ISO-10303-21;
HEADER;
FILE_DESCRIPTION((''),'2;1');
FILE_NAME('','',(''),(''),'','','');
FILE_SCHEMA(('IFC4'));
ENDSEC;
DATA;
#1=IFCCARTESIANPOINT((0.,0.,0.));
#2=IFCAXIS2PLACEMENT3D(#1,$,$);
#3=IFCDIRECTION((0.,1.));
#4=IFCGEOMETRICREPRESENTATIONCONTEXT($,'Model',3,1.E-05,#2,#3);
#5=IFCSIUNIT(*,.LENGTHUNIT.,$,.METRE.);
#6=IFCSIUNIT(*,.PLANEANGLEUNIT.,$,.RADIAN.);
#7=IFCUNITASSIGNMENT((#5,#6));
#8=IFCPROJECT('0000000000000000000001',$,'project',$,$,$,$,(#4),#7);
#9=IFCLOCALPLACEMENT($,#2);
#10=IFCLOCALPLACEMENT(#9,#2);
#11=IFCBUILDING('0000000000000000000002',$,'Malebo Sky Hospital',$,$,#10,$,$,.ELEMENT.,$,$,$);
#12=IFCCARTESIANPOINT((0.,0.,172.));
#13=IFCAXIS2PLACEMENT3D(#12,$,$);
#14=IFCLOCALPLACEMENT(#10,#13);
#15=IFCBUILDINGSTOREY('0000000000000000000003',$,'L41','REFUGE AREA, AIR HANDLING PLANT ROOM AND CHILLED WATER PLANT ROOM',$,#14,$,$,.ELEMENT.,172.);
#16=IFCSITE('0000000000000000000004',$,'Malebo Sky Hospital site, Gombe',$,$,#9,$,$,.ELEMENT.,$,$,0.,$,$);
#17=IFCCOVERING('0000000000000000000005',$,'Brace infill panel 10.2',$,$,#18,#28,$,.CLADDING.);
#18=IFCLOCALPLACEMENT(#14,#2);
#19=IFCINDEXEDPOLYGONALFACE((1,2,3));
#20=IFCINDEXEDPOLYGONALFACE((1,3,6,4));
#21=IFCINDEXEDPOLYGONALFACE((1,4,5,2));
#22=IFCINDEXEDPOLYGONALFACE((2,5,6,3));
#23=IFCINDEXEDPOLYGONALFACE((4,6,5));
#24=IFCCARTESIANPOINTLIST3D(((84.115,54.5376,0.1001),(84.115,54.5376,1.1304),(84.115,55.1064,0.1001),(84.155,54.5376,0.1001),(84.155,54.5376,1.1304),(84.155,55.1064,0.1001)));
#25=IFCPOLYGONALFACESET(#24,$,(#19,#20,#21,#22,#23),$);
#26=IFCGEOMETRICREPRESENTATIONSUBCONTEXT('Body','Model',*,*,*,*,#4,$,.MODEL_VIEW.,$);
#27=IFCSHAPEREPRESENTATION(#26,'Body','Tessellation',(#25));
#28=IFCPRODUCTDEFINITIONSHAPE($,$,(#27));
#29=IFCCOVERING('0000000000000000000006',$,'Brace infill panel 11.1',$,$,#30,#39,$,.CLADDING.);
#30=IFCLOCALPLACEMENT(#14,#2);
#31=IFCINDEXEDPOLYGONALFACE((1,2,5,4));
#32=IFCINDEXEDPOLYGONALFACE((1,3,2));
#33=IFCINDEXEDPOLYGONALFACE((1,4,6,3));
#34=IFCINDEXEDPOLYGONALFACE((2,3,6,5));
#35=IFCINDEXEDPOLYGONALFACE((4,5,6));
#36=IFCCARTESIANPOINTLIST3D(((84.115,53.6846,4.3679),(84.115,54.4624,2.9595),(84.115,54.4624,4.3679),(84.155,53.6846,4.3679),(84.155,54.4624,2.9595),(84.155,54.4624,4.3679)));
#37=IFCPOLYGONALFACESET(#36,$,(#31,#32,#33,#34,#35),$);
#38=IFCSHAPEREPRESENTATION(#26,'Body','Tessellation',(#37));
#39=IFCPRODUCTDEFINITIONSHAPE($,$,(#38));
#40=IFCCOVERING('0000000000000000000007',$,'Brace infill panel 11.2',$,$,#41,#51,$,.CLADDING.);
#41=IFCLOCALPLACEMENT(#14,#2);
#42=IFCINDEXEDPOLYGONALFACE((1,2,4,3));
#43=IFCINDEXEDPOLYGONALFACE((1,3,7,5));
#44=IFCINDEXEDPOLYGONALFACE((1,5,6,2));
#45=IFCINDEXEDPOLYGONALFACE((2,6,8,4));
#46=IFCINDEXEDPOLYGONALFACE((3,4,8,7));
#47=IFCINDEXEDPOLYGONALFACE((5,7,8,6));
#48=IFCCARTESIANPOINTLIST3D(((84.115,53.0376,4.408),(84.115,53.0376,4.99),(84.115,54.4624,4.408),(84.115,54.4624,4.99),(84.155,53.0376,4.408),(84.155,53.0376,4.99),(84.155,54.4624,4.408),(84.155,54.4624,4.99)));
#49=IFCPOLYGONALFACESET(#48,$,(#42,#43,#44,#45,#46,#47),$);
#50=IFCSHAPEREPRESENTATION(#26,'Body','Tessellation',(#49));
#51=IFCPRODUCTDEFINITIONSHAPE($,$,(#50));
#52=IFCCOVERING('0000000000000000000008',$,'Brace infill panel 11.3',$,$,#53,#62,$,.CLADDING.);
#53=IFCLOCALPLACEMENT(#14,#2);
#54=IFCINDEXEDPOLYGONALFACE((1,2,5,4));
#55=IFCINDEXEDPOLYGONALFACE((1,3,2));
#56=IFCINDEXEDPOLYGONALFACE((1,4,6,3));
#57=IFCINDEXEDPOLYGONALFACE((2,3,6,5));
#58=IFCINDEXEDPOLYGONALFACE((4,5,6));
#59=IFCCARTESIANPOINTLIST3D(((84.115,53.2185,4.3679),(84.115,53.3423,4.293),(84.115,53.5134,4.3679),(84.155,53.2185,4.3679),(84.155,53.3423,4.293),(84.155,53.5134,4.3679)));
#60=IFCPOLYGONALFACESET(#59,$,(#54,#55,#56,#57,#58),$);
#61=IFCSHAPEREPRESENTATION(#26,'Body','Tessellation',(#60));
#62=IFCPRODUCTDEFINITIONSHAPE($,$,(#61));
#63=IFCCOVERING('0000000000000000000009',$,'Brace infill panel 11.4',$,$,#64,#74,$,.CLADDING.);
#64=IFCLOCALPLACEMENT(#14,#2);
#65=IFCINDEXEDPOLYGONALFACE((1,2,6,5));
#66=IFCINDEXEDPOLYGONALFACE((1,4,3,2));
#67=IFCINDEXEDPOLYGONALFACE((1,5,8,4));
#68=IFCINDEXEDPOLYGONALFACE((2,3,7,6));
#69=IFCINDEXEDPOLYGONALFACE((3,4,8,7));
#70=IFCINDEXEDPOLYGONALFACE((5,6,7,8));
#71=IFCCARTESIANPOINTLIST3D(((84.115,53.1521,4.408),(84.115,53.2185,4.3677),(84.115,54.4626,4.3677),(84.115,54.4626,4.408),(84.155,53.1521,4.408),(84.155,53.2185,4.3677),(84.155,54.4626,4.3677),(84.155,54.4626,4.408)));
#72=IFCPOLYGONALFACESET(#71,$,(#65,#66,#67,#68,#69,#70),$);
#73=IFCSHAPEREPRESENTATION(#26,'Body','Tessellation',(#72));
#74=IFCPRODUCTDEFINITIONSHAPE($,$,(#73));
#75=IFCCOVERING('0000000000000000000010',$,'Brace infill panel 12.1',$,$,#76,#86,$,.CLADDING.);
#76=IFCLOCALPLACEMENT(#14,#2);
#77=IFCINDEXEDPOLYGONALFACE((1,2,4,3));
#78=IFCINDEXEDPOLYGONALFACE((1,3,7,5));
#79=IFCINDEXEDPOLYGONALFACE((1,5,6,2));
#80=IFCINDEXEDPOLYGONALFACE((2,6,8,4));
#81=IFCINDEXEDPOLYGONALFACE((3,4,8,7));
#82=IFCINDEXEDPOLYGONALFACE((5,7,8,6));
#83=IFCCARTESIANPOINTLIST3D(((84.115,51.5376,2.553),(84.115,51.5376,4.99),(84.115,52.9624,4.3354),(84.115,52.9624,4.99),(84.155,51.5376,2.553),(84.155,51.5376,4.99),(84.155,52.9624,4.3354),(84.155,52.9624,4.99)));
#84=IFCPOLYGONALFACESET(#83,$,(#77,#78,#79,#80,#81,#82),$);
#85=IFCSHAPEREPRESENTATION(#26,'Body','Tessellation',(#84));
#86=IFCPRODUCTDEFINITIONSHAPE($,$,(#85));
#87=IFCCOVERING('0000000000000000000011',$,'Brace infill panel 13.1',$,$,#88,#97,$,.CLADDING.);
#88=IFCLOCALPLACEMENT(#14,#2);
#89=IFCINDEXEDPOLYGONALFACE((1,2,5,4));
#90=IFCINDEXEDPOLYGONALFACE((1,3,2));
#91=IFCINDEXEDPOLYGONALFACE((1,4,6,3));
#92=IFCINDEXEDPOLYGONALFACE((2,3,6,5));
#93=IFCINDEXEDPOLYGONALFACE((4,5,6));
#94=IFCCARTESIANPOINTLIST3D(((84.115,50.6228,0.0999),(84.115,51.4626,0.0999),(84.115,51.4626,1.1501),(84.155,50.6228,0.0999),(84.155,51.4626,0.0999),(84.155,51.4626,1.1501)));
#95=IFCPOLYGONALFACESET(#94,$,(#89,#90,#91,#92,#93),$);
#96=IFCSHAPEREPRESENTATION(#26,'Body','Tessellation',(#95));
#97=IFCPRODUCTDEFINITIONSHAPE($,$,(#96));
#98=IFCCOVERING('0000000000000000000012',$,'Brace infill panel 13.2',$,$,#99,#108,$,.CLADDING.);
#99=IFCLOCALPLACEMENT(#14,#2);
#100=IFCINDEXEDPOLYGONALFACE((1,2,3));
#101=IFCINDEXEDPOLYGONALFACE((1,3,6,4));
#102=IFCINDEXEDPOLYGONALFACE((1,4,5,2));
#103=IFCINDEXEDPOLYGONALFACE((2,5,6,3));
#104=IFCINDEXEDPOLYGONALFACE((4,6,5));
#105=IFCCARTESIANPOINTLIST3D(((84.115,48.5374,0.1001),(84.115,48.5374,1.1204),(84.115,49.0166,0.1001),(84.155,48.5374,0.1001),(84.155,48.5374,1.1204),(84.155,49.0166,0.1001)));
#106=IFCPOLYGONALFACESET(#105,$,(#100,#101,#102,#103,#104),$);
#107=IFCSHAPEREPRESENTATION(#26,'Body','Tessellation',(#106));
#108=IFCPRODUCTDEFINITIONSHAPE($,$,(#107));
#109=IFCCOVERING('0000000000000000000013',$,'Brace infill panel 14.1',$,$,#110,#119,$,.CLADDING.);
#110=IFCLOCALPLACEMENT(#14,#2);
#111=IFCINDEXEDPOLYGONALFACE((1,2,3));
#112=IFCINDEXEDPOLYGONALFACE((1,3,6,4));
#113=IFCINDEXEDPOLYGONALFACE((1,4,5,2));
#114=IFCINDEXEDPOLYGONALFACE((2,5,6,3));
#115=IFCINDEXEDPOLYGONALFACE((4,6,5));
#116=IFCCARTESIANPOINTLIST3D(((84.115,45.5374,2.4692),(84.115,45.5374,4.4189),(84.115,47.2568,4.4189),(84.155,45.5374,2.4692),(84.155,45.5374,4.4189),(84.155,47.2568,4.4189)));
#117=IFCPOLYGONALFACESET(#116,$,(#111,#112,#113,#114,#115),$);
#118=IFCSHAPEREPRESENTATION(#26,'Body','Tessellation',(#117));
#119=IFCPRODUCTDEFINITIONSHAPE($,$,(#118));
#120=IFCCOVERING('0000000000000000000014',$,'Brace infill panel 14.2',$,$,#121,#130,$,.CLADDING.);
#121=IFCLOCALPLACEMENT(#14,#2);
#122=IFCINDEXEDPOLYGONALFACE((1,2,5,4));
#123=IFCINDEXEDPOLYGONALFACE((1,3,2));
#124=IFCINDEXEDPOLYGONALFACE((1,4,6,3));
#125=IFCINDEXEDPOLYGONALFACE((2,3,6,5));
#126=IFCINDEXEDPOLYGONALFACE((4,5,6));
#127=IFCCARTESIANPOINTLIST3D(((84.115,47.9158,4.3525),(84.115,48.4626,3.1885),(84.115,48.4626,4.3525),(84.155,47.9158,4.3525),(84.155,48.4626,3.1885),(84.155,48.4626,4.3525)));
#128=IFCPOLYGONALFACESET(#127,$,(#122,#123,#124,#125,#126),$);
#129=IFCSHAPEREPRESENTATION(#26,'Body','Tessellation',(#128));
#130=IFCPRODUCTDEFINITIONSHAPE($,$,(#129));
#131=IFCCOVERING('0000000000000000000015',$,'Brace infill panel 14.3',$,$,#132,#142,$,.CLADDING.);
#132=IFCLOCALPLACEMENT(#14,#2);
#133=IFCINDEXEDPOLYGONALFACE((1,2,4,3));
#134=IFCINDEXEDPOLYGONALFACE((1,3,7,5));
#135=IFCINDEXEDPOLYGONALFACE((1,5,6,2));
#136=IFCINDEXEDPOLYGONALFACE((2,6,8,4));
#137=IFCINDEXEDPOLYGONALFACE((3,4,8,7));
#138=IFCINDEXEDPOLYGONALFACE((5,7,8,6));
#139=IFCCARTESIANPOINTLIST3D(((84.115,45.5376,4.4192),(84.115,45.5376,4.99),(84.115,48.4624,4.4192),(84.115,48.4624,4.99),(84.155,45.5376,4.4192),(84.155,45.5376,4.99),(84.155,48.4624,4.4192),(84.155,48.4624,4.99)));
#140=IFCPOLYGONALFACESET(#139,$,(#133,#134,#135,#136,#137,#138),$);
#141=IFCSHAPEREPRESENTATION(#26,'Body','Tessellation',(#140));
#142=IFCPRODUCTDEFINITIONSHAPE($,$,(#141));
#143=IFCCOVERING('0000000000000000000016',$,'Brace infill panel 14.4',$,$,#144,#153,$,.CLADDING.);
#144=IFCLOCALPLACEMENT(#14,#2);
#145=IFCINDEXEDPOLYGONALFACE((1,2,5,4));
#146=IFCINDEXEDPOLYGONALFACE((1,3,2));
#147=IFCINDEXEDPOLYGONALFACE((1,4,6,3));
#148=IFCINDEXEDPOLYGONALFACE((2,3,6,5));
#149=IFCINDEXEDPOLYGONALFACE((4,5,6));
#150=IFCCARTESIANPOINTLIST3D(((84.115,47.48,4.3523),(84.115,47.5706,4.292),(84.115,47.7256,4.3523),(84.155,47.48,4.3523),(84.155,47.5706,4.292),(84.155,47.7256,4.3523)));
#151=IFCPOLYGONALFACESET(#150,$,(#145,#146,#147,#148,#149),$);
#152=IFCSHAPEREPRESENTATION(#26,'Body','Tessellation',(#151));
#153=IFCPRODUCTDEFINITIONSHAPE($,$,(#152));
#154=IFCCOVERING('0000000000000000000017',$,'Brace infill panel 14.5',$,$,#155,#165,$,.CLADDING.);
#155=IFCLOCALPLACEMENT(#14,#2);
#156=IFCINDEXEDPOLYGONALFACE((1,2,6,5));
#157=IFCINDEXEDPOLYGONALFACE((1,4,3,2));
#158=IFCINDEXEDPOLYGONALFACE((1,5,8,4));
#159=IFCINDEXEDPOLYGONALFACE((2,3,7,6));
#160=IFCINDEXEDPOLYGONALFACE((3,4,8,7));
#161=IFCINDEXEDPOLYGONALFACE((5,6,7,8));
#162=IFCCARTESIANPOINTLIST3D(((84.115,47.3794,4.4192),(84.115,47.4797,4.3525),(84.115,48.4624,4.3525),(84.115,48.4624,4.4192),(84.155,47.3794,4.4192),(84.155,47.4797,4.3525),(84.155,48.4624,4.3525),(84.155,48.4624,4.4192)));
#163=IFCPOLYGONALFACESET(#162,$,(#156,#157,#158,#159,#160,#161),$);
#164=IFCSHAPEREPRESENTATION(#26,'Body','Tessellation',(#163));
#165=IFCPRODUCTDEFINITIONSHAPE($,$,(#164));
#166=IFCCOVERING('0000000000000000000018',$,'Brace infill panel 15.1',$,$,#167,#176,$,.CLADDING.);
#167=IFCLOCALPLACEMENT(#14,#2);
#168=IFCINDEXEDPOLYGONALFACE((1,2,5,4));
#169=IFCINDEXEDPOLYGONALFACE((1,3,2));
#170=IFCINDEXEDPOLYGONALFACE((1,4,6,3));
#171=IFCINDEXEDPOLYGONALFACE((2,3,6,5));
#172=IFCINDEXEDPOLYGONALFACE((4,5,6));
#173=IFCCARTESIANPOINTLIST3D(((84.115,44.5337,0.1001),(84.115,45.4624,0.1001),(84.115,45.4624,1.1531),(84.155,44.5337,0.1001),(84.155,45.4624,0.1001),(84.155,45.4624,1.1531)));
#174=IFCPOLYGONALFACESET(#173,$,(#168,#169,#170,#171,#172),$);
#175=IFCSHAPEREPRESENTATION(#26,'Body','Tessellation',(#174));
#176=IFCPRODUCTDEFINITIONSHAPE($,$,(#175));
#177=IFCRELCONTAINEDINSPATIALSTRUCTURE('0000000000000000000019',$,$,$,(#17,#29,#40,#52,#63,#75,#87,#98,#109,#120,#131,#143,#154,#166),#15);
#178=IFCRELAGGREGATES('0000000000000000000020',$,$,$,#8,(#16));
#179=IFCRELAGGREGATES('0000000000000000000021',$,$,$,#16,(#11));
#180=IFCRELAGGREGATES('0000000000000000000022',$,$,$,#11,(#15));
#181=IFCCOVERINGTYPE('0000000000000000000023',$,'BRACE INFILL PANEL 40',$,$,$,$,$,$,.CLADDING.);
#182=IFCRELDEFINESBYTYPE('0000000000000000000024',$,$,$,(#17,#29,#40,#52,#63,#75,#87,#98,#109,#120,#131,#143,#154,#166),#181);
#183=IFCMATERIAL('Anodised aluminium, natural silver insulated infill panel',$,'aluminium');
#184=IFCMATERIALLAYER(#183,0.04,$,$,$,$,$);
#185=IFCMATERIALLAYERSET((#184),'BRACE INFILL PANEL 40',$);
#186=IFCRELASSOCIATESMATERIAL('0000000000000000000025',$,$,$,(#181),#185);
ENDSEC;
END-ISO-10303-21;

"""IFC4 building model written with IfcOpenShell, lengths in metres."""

from ifc_helpers import new_model, si_unit, direction, frame, origin, place, context, subcontext, project, spatial, polyline, outline, extrude, material, layer, layer_set, type_object, element, save


model = new_model("IFC4")

# Units and contexts
model_context = context("Model", 3, precision=1e-05, world=origin(), true_north=direction((0.0, 1.0)))
body_context = subcontext(model_context, "Body", "Model", "MODEL_VIEW")
ifc_project = project(units=[si_unit("LENGTHUNIT", "METRE"), si_unit("PLANEANGLEUNIT", "RADIAN")], contexts=[model_context])

# Site, building, storey
site_placement = place(None, origin())
site = spatial("IfcSite", under=ifc_project, at=site_placement, Name="Malebo Sky Hospital site, Gombe", CompositionType="ELEMENT", RefElevation=0.0)
building_placement = place(site_placement, origin())
building = spatial("IfcBuilding", under=site, at=building_placement, Name="Malebo Sky Hospital", CompositionType="ELEMENT")
storey_placement = place(building_placement, frame((0.0, 0.0, 172.0)))
storey = spatial("IfcBuildingStorey", under=building, at=storey_placement, Name="L41", Description="REFUGE AREA, AIR HANDLING PLANT ROOM AND CHILLED WATER PLANT ROOM", CompositionType="ELEMENT", Elevation=172.0)

# Coverings
ifc_material_1 = material(Name="Anodised aluminium, natural silver insulated infill panel", Category="aluminium")
ifc_layer_1 = layer(ifc_material_1, 0.04)
ifc_layer_set_1 = layer_set([ifc_layer_1], Name="BRACE INFILL PANEL 40")
covering_type = type_object("IfcCoveringType", Name="BRACE INFILL PANEL 40", PredefinedType="CLADDING", material=ifc_layer_set_1)
covering_1_placement = place(storey_placement, frame((84.135, 54.822, 0.1001), z_axis=(0.0, 0.0, 1.0), x_axis=(0.0, -1.0, 0.0)))
element("IfcCovering", 1, at=covering_1_placement, inside=storey, type_object=covering_type, Name="Brace infill panel 10.2", PredefinedType="CLADDING", context=body_context, shape_type="SweptSolid", body=[
    extrude(outline(polyline([(-0.2844, 0.0), (0.2844, 0.0), (0.2844, 1.0303), (-0.2844, 0.0)])), frame((0.0, 0.02, 0.0), z_axis=(0.0, -1.0, 0.0), x_axis=(1.0, 0.0, 0.0)), (0.0, 0.0, 1.0), 0.04),
])
covering_2_placement = place(storey_placement, frame((84.135, 54.0735, 2.9595), z_axis=(0.0, 0.0, 1.0), x_axis=(0.0, -1.0, 0.0)))
element("IfcCovering", 2, at=covering_2_placement, inside=storey, type_object=covering_type, Name="Brace infill panel 11.1", PredefinedType="CLADDING", context=body_context, shape_type="SweptSolid", body=[
    extrude(outline(polyline([(-0.3889, 0.0), (0.3889, 1.4084), (-0.3889, 1.4084), (-0.3889, 0.0)])), frame((0.0, 0.02, 0.0), z_axis=(0.0, -1.0, 0.0), x_axis=(1.0, 0.0, 0.0)), (0.0, 0.0, 1.0), 0.04),
])
covering_3_placement = place(storey_placement, frame((84.135, 53.75, 4.408), z_axis=(0.0, 0.0, 1.0), x_axis=(0.0, -1.0, 0.0)))
element("IfcCovering", 3, at=covering_3_placement, inside=storey, type_object=covering_type, Name="Brace infill panel 11.2", PredefinedType="CLADDING", context=body_context, shape_type="SweptSolid", body=[
    extrude(outline(polyline([(-0.7124, 0.0), (0.7124, 0.0), (0.7124, 0.582), (-0.7124, 0.582), (-0.7124, 0.0)])), frame((0.0, 0.02, 0.0), z_axis=(0.0, -1.0, 0.0), x_axis=(1.0, 0.0, 0.0)), (0.0, 0.0, 1.0), 0.04),
])
covering_4_placement = place(storey_placement, frame((84.135, 53.366, 4.293), z_axis=(0.0, 0.0, 1.0), x_axis=(0.0, -1.0, 0.0)))
element("IfcCovering", 4, at=covering_4_placement, inside=storey, type_object=covering_type, Name="Brace infill panel 11.3", PredefinedType="CLADDING", context=body_context, shape_type="SweptSolid", body=[
    extrude(outline(polyline([(0.0237, 0.0), (0.1475, 0.075), (-0.1475, 0.075), (0.0237, 0.0)])), frame((0.0, 0.02, 0.0), z_axis=(0.0, -1.0, 0.0), x_axis=(1.0, 0.0, 0.0)), (0.0, 0.0, 1.0), 0.04),
])
covering_5_placement = place(storey_placement, frame((84.135, 53.8074, 4.3677), z_axis=(0.0, 0.0, 1.0), x_axis=(0.0, -1.0, 0.0)))
element("IfcCovering", 5, at=covering_5_placement, inside=storey, type_object=covering_type, Name="Brace infill panel 11.4", PredefinedType="CLADDING", context=body_context, shape_type="SweptSolid", body=[
    extrude(outline(polyline([(-0.6553, 0.0), (0.5889, 0.0), (0.6553, 0.0403), (-0.6553, 0.0403), (-0.6553, 0.0)])), frame((0.0, 0.02, 0.0), z_axis=(0.0, -1.0, 0.0), x_axis=(1.0, 0.0, 0.0)), (0.0, 0.0, 1.0), 0.04),
])
covering_6_placement = place(storey_placement, frame((84.135, 52.25, 2.553), z_axis=(0.0, 0.0, 1.0), x_axis=(0.0, -1.0, 0.0)))
element("IfcCovering", 6, at=covering_6_placement, inside=storey, type_object=covering_type, Name="Brace infill panel 12.1", PredefinedType="CLADDING", context=body_context, shape_type="SweptSolid", body=[
    extrude(outline(polyline([(0.7124, 0.0), (0.7124, 2.437), (-0.7124, 2.437), (-0.7124, 1.7825), (0.7124, 0.0)])), frame((0.0, 0.02, 0.0), z_axis=(0.0, -1.0, 0.0), x_axis=(1.0, 0.0, 0.0)), (0.0, 0.0, 1.0), 0.04),
])
covering_7_placement = place(storey_placement, frame((84.135, 51.0427, 0.0999), z_axis=(0.0, 0.0, 1.0), x_axis=(0.0, -1.0, 0.0)))
element("IfcCovering", 7, at=covering_7_placement, inside=storey, type_object=covering_type, Name="Brace infill panel 13.1", PredefinedType="CLADDING", context=body_context, shape_type="SweptSolid", body=[
    extrude(outline(polyline([(-0.4199, 0.0), (0.4199, 0.0), (-0.4199, 1.0503), (-0.4199, 0.0)])), frame((0.0, 0.02, 0.0), z_axis=(0.0, -1.0, 0.0), x_axis=(1.0, 0.0, 0.0)), (0.0, 0.0, 1.0), 0.04),
])
covering_8_placement = place(storey_placement, frame((84.135, 48.7771, 0.1001), z_axis=(0.0, 0.0, 1.0), x_axis=(0.0, -1.0, 0.0)))
element("IfcCovering", 8, at=covering_8_placement, inside=storey, type_object=covering_type, Name="Brace infill panel 13.2", PredefinedType="CLADDING", context=body_context, shape_type="SweptSolid", body=[
    extrude(outline(polyline([(-0.2395, 0.0), (0.2397, 0.0), (0.2397, 1.0203), (-0.2395, 0.0)])), frame((0.0, 0.02, 0.0), z_axis=(0.0, -1.0, 0.0), x_axis=(1.0, 0.0, 0.0)), (0.0, 0.0, 1.0), 0.04),
])
covering_9_placement = place(storey_placement, frame((84.135, 46.3972, 2.4692), z_axis=(0.0, 0.0, 1.0), x_axis=(0.0, -1.0, 0.0)))
element("IfcCovering", 9, at=covering_9_placement, inside=storey, type_object=covering_type, Name="Brace infill panel 14.1", PredefinedType="CLADDING", context=body_context, shape_type="SweptSolid", body=[
    extrude(outline(polyline([(0.8599, 0.0), (0.8599, 1.9497), (-0.8596, 1.9497), (0.8599, 0.0)])), frame((0.0, 0.02, 0.0), z_axis=(0.0, -1.0, 0.0), x_axis=(1.0, 0.0, 0.0)), (0.0, 0.0, 1.0), 0.04),
])
covering_10_placement = place(storey_placement, frame((84.135, 48.1892, 3.1885), z_axis=(0.0, 0.0, 1.0), x_axis=(0.0, -1.0, 0.0)))
element("IfcCovering", 10, at=covering_10_placement, inside=storey, type_object=covering_type, Name="Brace infill panel 14.2", PredefinedType="CLADDING", context=body_context, shape_type="SweptSolid", body=[
    extrude(outline(polyline([(-0.2734, 0.0), (0.2734, 1.1641), (-0.2734, 1.1641), (-0.2734, 0.0)])), frame((0.0, 0.02, 0.0), z_axis=(0.0, -1.0, 0.0), x_axis=(1.0, 0.0, 0.0)), (0.0, 0.0, 1.0), 0.04),
])
covering_11_placement = place(storey_placement, frame((84.135, 47.0, 4.4192), z_axis=(0.0, 0.0, 1.0), x_axis=(0.0, -1.0, 0.0)))
element("IfcCovering", 11, at=covering_11_placement, inside=storey, type_object=covering_type, Name="Brace infill panel 14.3", PredefinedType="CLADDING", context=body_context, shape_type="SweptSolid", body=[
    extrude(outline(polyline([(-1.4624, 0.0), (1.4624, 0.0), (1.4624, 0.5708), (-1.4624, 0.5708), (-1.4624, 0.0)])), frame((0.0, 0.02, 0.0), z_axis=(0.0, -1.0, 0.0), x_axis=(1.0, 0.0, 0.0)), (0.0, 0.0, 1.0), 0.04),
])
covering_12_placement = place(storey_placement, frame((84.135, 47.6028, 4.292), z_axis=(0.0, 0.0, 1.0), x_axis=(0.0, -1.0, 0.0)))
element("IfcCovering", 12, at=covering_12_placement, inside=storey, type_object=covering_type, Name="Brace infill panel 14.4", PredefinedType="CLADDING", context=body_context, shape_type="SweptSolid", body=[
    extrude(outline(polyline([(0.0322, 0.0), (0.1228, 0.0603), (-0.1228, 0.0603), (0.0322, 0.0)])), frame((0.0, 0.02, 0.0), z_axis=(0.0, -1.0, 0.0), x_axis=(1.0, 0.0, 0.0)), (0.0, 0.0, 1.0), 0.04),
])
covering_13_placement = place(storey_placement, frame((84.135, 47.9209, 4.3525), z_axis=(0.0, 0.0, 1.0), x_axis=(0.0, -1.0, 0.0)))
element("IfcCovering", 13, at=covering_13_placement, inside=storey, type_object=covering_type, Name="Brace infill panel 14.5", PredefinedType="CLADDING", context=body_context, shape_type="SweptSolid", body=[
    extrude(outline(polyline([(-0.5415, 0.0), (0.4412, 0.0), (0.5415, 0.0667), (-0.5415, 0.0667), (-0.5415, 0.0)])), frame((0.0, 0.02, 0.0), z_axis=(0.0, -1.0, 0.0), x_axis=(1.0, 0.0, 0.0)), (0.0, 0.0, 1.0), 0.04),
])
covering_14_placement = place(storey_placement, frame((84.135, 44.998, 0.1001), z_axis=(0.0, 0.0, 1.0), x_axis=(0.0, -1.0, 0.0)))
element("IfcCovering", 14, at=covering_14_placement, inside=storey, type_object=covering_type, Name="Brace infill panel 15.1", PredefinedType="CLADDING", context=body_context, shape_type="SweptSolid", body=[
    extrude(outline(polyline([(-0.4644, 0.0), (0.4644, 0.0), (-0.4644, 1.053), (-0.4644, 0.0)])), frame((0.0, 0.02, 0.0), z_axis=(0.0, -1.0, 0.0), x_axis=(1.0, 0.0, 0.0)), (0.0, 0.0, 1.0), 0.04),
])

save(model, "model.ifc")
